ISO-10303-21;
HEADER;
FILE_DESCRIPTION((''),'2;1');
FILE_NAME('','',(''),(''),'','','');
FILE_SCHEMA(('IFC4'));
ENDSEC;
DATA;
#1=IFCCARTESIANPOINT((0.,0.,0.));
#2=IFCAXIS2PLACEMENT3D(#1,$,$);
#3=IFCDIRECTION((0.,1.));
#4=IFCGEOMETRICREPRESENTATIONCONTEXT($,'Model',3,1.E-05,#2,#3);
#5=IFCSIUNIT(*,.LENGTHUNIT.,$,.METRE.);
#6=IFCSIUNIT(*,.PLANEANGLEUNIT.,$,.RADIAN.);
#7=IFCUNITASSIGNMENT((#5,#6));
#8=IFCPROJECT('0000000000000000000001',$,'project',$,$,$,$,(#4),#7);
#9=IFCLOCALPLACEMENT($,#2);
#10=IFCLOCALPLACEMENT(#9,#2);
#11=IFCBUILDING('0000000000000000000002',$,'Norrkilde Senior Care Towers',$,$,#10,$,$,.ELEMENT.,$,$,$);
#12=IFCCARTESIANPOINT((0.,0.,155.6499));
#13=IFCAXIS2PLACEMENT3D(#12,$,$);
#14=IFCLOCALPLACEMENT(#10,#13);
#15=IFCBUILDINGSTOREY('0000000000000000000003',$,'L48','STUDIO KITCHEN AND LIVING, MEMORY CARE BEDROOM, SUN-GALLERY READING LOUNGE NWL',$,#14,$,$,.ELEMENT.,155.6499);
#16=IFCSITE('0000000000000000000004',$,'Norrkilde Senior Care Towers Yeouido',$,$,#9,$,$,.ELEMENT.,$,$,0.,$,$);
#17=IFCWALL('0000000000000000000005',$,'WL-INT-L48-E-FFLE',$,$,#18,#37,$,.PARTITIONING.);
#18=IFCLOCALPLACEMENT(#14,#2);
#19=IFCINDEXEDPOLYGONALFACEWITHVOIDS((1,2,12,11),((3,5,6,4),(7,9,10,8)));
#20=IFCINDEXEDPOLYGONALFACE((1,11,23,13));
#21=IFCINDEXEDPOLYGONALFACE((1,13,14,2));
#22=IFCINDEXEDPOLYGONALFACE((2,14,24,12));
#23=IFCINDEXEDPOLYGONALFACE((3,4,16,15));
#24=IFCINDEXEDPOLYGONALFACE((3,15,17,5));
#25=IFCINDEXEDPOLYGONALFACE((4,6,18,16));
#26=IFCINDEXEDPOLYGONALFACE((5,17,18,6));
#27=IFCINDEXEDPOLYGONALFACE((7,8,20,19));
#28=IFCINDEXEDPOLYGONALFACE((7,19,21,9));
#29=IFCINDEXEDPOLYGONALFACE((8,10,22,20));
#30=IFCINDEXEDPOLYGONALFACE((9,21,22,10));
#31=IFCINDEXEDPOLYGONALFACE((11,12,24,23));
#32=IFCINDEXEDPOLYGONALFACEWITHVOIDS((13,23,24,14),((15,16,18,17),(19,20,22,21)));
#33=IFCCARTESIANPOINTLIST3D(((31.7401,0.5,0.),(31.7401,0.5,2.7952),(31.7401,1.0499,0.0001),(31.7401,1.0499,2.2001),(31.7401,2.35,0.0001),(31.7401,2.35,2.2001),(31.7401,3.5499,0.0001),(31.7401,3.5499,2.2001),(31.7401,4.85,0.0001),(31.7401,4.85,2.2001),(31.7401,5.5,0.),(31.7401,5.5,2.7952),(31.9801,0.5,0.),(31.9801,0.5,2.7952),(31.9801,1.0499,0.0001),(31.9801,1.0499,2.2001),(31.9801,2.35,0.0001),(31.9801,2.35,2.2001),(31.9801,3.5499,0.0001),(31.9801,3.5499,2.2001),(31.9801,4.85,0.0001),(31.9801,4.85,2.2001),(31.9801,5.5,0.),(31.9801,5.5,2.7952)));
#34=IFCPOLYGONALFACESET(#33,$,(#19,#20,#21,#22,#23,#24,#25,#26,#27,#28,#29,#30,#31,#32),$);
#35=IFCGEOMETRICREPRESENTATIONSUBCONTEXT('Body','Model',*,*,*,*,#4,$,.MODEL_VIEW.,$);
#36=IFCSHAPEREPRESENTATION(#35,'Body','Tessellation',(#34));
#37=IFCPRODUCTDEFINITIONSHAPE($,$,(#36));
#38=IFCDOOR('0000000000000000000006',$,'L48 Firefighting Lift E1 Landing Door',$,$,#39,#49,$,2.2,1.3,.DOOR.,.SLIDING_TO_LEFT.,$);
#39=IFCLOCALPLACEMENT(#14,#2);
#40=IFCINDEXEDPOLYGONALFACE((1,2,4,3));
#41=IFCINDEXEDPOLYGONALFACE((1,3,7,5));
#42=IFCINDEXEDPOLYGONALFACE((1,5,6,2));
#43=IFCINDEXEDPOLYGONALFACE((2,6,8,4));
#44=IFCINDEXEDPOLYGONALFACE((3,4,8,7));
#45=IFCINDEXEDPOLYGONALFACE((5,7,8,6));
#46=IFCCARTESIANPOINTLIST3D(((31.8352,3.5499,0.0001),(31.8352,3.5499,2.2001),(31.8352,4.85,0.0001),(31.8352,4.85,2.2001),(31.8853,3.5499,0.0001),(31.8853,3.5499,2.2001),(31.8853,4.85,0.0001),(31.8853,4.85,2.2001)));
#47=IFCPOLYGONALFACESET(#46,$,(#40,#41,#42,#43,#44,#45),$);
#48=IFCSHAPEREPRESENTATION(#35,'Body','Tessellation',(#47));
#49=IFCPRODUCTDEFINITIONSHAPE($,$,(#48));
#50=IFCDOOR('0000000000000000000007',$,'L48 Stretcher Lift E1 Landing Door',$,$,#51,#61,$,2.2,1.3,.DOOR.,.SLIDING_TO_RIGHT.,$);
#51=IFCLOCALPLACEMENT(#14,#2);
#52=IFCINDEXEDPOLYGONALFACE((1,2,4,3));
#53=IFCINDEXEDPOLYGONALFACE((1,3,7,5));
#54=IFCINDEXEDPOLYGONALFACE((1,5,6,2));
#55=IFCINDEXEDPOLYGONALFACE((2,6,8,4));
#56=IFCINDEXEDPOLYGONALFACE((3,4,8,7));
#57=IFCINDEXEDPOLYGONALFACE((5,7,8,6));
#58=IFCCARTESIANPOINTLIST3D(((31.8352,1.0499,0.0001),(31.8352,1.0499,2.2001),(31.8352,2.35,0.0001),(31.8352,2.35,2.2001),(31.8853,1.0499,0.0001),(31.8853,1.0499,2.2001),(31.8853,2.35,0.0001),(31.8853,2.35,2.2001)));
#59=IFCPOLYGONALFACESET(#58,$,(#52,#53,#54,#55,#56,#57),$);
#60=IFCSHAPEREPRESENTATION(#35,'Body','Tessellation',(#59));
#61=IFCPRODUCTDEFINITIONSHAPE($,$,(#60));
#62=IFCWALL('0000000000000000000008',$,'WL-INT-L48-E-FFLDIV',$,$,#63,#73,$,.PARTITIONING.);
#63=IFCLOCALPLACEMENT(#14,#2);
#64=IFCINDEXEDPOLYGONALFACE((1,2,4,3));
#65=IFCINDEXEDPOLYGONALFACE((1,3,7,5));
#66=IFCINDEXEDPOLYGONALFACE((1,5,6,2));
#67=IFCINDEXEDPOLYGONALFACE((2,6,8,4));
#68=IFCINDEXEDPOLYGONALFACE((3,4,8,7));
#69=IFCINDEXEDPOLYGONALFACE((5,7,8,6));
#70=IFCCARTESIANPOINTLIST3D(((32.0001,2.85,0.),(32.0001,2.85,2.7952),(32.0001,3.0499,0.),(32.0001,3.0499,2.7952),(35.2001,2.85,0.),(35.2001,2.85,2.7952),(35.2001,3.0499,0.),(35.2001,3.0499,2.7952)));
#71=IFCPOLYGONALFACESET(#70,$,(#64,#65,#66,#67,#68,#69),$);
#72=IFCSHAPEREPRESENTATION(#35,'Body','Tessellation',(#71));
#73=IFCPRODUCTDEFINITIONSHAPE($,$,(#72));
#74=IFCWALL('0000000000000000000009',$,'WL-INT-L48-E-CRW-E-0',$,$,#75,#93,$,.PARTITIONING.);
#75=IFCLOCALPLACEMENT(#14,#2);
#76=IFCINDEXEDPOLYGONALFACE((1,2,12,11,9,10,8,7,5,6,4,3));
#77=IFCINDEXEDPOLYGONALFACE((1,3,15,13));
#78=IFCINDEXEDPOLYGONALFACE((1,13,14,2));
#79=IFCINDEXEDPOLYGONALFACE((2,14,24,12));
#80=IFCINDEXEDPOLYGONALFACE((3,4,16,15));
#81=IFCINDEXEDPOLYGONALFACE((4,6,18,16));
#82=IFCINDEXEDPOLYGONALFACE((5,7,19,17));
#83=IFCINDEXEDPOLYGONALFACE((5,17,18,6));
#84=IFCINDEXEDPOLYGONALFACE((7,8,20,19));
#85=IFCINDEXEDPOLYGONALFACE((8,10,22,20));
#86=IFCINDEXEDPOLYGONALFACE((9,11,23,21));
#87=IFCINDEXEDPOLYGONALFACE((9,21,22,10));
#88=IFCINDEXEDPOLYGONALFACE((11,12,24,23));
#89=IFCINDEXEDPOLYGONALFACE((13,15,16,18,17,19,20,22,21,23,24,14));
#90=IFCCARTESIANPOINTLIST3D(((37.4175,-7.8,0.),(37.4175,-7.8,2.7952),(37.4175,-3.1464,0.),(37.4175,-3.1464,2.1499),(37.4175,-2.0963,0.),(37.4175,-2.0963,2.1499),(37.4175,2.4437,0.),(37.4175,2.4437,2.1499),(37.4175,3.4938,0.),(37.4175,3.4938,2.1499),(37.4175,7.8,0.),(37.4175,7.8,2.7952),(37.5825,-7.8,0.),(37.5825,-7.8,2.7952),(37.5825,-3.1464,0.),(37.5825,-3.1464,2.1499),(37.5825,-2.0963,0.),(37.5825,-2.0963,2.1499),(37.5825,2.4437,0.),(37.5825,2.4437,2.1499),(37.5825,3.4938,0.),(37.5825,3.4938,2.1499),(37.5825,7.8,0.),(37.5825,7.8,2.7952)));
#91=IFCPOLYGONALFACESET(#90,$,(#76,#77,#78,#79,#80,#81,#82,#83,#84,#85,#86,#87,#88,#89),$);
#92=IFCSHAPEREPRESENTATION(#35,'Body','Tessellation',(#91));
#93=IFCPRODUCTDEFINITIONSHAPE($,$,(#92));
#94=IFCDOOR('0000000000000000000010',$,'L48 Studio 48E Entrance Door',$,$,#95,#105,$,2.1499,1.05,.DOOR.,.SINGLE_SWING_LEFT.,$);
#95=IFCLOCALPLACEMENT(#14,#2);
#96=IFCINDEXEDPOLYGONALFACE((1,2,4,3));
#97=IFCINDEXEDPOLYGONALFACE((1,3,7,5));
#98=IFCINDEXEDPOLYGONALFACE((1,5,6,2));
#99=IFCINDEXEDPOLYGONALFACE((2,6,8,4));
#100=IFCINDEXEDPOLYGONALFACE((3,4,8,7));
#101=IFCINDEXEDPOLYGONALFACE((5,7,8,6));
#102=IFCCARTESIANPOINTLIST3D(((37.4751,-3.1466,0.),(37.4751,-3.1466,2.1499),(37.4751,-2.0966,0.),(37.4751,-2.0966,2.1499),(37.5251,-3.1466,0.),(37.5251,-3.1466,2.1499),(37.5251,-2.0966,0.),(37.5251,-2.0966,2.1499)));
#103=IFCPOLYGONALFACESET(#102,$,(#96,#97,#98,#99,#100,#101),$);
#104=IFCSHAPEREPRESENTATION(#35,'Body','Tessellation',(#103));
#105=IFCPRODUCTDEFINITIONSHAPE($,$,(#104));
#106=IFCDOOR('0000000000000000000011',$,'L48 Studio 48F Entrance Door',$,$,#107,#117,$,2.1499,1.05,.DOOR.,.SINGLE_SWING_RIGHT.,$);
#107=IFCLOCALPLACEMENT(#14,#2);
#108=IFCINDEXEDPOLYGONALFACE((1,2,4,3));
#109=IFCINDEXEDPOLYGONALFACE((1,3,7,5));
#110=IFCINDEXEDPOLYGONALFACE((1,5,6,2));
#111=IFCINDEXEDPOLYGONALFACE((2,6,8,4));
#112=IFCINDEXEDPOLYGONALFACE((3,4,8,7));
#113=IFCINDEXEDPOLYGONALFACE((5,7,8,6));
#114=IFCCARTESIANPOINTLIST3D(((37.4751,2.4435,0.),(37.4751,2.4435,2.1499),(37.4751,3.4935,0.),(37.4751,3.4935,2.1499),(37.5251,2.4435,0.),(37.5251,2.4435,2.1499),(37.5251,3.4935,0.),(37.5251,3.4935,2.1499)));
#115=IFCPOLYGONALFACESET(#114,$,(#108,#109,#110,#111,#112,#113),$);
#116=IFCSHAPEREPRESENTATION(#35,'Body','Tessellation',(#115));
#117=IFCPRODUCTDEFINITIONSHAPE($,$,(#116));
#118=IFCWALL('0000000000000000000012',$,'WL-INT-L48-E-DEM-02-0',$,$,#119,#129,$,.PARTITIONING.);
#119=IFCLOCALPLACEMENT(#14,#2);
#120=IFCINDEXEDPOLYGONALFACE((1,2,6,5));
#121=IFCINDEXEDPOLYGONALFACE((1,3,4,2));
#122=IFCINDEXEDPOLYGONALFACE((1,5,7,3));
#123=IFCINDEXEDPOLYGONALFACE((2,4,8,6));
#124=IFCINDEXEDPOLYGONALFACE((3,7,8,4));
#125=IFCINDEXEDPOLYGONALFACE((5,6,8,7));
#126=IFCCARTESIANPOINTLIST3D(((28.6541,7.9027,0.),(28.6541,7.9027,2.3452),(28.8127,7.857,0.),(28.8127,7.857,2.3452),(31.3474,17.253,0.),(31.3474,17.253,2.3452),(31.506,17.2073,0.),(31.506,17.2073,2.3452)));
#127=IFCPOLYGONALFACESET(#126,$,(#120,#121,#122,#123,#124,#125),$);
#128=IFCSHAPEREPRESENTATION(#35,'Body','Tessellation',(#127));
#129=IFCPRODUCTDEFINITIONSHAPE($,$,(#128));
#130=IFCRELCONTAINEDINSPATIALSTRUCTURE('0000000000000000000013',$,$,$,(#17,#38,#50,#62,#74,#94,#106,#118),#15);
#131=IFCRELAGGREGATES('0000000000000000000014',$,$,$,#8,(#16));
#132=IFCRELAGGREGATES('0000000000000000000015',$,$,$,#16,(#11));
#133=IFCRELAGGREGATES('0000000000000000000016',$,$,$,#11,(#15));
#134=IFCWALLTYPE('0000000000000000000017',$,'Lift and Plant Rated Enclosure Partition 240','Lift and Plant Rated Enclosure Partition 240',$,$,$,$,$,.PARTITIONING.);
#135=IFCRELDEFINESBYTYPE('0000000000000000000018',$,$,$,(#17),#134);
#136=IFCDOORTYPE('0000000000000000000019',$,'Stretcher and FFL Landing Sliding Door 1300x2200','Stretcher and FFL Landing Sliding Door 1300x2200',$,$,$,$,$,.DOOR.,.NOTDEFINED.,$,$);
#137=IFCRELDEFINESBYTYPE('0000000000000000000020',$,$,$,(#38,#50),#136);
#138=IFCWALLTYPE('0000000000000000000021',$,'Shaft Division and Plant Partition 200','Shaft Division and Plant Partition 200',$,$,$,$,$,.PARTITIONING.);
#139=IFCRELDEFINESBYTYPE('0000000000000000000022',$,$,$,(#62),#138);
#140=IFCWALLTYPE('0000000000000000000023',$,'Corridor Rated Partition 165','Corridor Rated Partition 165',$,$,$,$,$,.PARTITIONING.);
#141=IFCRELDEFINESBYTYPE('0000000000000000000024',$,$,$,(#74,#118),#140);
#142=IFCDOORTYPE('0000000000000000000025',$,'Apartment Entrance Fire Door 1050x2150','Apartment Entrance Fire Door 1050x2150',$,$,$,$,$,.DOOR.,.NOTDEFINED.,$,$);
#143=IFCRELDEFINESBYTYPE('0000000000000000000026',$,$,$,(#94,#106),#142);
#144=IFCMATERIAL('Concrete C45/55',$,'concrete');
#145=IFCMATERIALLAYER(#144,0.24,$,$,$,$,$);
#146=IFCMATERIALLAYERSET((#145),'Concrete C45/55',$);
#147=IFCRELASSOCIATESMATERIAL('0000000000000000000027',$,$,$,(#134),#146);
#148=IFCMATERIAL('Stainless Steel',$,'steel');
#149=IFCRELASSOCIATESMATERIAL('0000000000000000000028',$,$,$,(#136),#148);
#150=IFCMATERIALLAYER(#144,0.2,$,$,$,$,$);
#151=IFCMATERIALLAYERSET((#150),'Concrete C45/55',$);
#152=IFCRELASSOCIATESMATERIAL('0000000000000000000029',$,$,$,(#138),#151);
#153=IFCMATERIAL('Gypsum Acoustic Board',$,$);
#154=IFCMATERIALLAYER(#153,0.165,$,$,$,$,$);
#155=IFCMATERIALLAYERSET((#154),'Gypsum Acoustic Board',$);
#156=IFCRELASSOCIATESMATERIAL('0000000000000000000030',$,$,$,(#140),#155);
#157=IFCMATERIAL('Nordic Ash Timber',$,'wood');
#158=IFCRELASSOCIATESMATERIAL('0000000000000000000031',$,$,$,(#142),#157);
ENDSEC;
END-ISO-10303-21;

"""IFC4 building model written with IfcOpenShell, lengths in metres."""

from ifc_helpers import new_model, si_unit, direction, frame, frame_2d, origin, place, context, subcontext, project, spatial, rectangle, extrude, source, transform, mapped, material, layer, layer_set, type_object, type_shapes, element, fill, save


model = new_model("IFC4")

# Units and contexts
model_context = context("Model", 3, precision=1e-05, world=origin(), true_north=direction((0.0, 1.0)))
body_context = subcontext(model_context, "Body", "Model", "MODEL_VIEW")
ifc_project = project(units=[si_unit("LENGTHUNIT", "METRE"), si_unit("PLANEANGLEUNIT", "RADIAN")], contexts=[model_context])

# Site, building, storey
site_placement = place(None, origin())
site = spatial("IfcSite", under=ifc_project, at=site_placement, Name="Norrkilde Senior Care Towers Yeouido", CompositionType="ELEMENT", RefElevation=0.0)
building_placement = place(site_placement, origin())
building = spatial("IfcBuilding", under=site, at=building_placement, Name="Norrkilde Senior Care Towers", CompositionType="ELEMENT")
storey_placement = place(building_placement, frame((0.0, 0.0, 155.6499)))
storey = spatial("IfcBuildingStorey", under=building, at=storey_placement, Name="L48", Description="STUDIO KITCHEN AND LIVING, MEMORY CARE BEDROOM, SUN-GALLERY READING LOUNGE NWL", CompositionType="ELEMENT", Elevation=155.6499)

# Shared definitions
ifc_material_1 = material(Name="Concrete C45/55", Category="concrete")

# Wall, openings, doors
ifc_layer_1 = layer(ifc_material_1, 0.24)
ifc_layer_set_1 = layer_set([ifc_layer_1], Name="Concrete C45/55")
wall_type_1 = type_object("IfcWallType", Name="Lift and Plant Rated Enclosure Partition 240", Description="Lift and Plant Rated Enclosure Partition 240", PredefinedType="PARTITIONING", material=ifc_layer_set_1)
shared_shape_1 = source(origin(), body_context, "Body", "SweptSolid", [
    extrude(rectangle(XDim=5.0, YDim=0.24, at=frame_2d((2.5, 0.0))), origin(), (0.0, 0.0, 1.0), 2.7952),
])
type_shapes(wall_type_1, [shared_shape_1])
wall_1_placement = place(storey_placement, frame((31.8601, 0.5, 0.0), z_axis=(0.0, 0.0, 1.0), x_axis=(0.0, 1.0, 0.0)))
wall_1 = element("IfcWall", 1, at=wall_1_placement, inside=storey, type_object=wall_type_1, Name="WL-INT-L48-E-FFLE", PredefinedType="PARTITIONING", context=body_context, shape_type="MappedRepresentation", body=[
    mapped(shared_shape_1, transform((0.0, 0.0, 0.0), x_axis=(1.0, 0.0, 0.0), y_axis=(0.0, 1.0, 0.0), z_axis=(0.0, 0.0, 1.0), scale=1.0)),
])
opening_1_placement = place(wall_1_placement, frame((3.05, 0.0, 0.0)))
opening_1 = element("IfcOpeningElement", 2, at=opening_1_placement, cuts=wall_1, PredefinedType="OPENING", context=body_context, shape_type="SweptSolid", body=[
    extrude(rectangle(XDim=1.3, YDim=2.2, at=frame_2d((0.6499, 1.1001))), frame((0.0, 0.1299, 0.0), z_axis=(0.0, -1.0, 0.0), x_axis=(1.0, 0.0, 0.0)), (0.0, 0.0, 1.0), 0.26),
])
opening_2_placement = place(wall_1_placement, frame((0.55, 0.0, 0.0)))
opening_2 = element("IfcOpeningElement", 3, at=opening_2_placement, cuts=wall_1, PredefinedType="OPENING", context=body_context, shape_type="SweptSolid", body=[
    extrude(rectangle(XDim=1.3, YDim=2.2, at=frame_2d((0.6499, 1.1001))), frame((0.0, 0.1299, 0.0), z_axis=(0.0, -1.0, 0.0), x_axis=(1.0, 0.0, 0.0)), (0.0, 0.0, 1.0), 0.26),
])
ifc_material_2 = material(Name="Stainless Steel", Category="steel")
door_type_1 = type_object("IfcDoorType", Name="Stretcher and FFL Landing Sliding Door 1300x2200", Description="Stretcher and FFL Landing Sliding Door 1300x2200", OperationType="NOTDEFINED", PredefinedType="DOOR", material=ifc_material_2)
shared_shape_2 = source(origin(), body_context, "Body", "SweptSolid", [
    extrude(rectangle(XDim=1.3, YDim=2.2, at=frame_2d((0.6499, 1.1001))), frame((0.0, 0.0249, 0.0), z_axis=(0.0, -1.0, 0.0), x_axis=(1.0, 0.0, 0.0)), (0.0, 0.0, 1.0), 0.05),
])
type_shapes(door_type_1, [shared_shape_2])
door_1_placement = place(opening_1_placement, origin())
door_1 = element("IfcDoor", 4, at=door_1_placement, inside=storey, type_object=door_type_1, Name="L48 Firefighting Lift E1 Landing Door", OperationType="SLIDING_TO_LEFT", OverallHeight=2.2, OverallWidth=1.3, PredefinedType="DOOR", context=body_context, shape_type="MappedRepresentation", body=[
    mapped(shared_shape_2, transform((0.0, 0.0, 0.0), x_axis=(1.0, 0.0, 0.0), y_axis=(0.0, 1.0, 0.0), z_axis=(0.0, 0.0, 1.0), scale=1.0)),
])
fill(opening_1, door_1)
door_2_placement = place(opening_2_placement, origin())
door_2 = element("IfcDoor", 5, at=door_2_placement, inside=storey, type_object=door_type_1, Name="L48 Stretcher Lift E1 Landing Door", OperationType="SLIDING_TO_RIGHT", OverallHeight=2.2, OverallWidth=1.3, PredefinedType="DOOR", context=body_context, shape_type="MappedRepresentation", body=[
    mapped(shared_shape_2, transform((0.0, 0.0, 0.0), x_axis=(1.0, 0.0, 0.0), y_axis=(0.0, 1.0, 0.0), z_axis=(0.0, 0.0, 1.0), scale=1.0)),
])
fill(opening_2, door_2)

# Wall
ifc_layer_2 = layer(ifc_material_1, 0.2)
ifc_layer_set_2 = layer_set([ifc_layer_2], Name="Concrete C45/55")
wall_type_2 = type_object("IfcWallType", Name="Shaft Division and Plant Partition 200", Description="Shaft Division and Plant Partition 200", PredefinedType="PARTITIONING", material=ifc_layer_set_2)
shared_shape_3 = source(origin(), body_context, "Body", "SweptSolid", [
    extrude(rectangle(XDim=3.2, YDim=0.2, at=frame_2d((1.6001, 0.0))), origin(), (0.0, 0.0, 1.0), 2.7952),
])
type_shapes(wall_type_2, [shared_shape_3])
wall_2_placement = place(storey_placement, frame((32.0, 2.95, 0.0), z_axis=(0.0, 0.0, 1.0), x_axis=(1.0, 0.0, 0.0)))
element("IfcWall", 6, at=wall_2_placement, inside=storey, type_object=wall_type_2, Name="WL-INT-L48-E-FFLDIV", PredefinedType="PARTITIONING", context=body_context, shape_type="MappedRepresentation", body=[
    mapped(shared_shape_3, transform((0.0, 0.0, 0.0), x_axis=(1.0, 0.0, 0.0), y_axis=(0.0, 1.0, 0.0), z_axis=(0.0, 0.0, 1.0), scale=1.0)),
])

# Wall, openings, doors
ifc_material_3 = material(Name="Gypsum Acoustic Board")
ifc_layer_3 = layer(ifc_material_3, 0.165)
ifc_layer_set_3 = layer_set([ifc_layer_3], Name="Gypsum Acoustic Board")
wall_type_3 = type_object("IfcWallType", Name="Corridor Rated Partition 165", Description="Corridor Rated Partition 165", PredefinedType="PARTITIONING", material=ifc_layer_set_3)
shared_shape_4 = source(origin(), body_context, "Body", "SweptSolid", [
    extrude(rectangle(XDim=15.6001, YDim=0.165, at=frame_2d((7.8, 0.0))), origin(), (0.0, 0.0, 1.0), 2.7952),
])
wall_3_placement = place(storey_placement, frame((37.5, 7.8, 0.0), z_axis=(0.0, 0.0, 1.0), x_axis=(0.0, -1.0, 0.0)))
wall_3 = element("IfcWall", 7, at=wall_3_placement, inside=storey, type_object=wall_type_3, Name="WL-INT-L48-E-CRW-E-0", PredefinedType="PARTITIONING", context=body_context, shape_type="MappedRepresentation", body=[
    mapped(shared_shape_4, transform((0.0, 0.0, 0.0), x_axis=(1.0, 0.0, 0.0), y_axis=(0.0, 1.0, 0.0), z_axis=(0.0, 0.0, 1.0), scale=1.0)),
])
opening_3_placement = place(wall_3_placement, frame((9.8965, 0.0, 0.0)))
opening_3 = element("IfcOpeningElement", 8, at=opening_3_placement, cuts=wall_3, PredefinedType="OPENING", context=body_context, shape_type="SweptSolid", body=[
    extrude(rectangle(XDim=1.05, YDim=2.1499, at=frame_2d((0.5249, 1.075))), frame((0.0, 0.0925, 0.0), z_axis=(0.0, -1.0, 0.0), x_axis=(1.0, 0.0, 0.0)), (0.0, 0.0, 1.0), 0.1851),
])
opening_4_placement = place(wall_3_placement, frame((4.3064, 0.0, 0.0)))
opening_4 = element("IfcOpeningElement", 9, at=opening_4_placement, cuts=wall_3, PredefinedType="OPENING", context=body_context, shape_type="SweptSolid", body=[
    extrude(rectangle(XDim=1.05, YDim=2.1499, at=frame_2d((0.5249, 1.075))), frame((0.0, 0.0925, 0.0), z_axis=(0.0, -1.0, 0.0), x_axis=(1.0, 0.0, 0.0)), (0.0, 0.0, 1.0), 0.1851),
])
ifc_material_4 = material(Name="Nordic Ash Timber", Category="wood")
door_type_2 = type_object("IfcDoorType", Name="Apartment Entrance Fire Door 1050x2150", Description="Apartment Entrance Fire Door 1050x2150", OperationType="NOTDEFINED", PredefinedType="DOOR", material=ifc_material_4)
shared_shape_5 = source(origin(), body_context, "Body", "SweptSolid", [
    extrude(rectangle(XDim=1.05, YDim=2.1499, at=frame_2d((0.5249, 1.075))), frame((0.0, 0.0249, 0.0), z_axis=(0.0, -1.0, 0.0), x_axis=(1.0, 0.0, 0.0)), (0.0, 0.0, 1.0), 0.05),
])
type_shapes(door_type_2, [shared_shape_5])
door_3_placement = place(opening_3_placement, frame((1.05, 0.0, 0.0), z_axis=(0.0, 0.0, 1.0), x_axis=(-1.0, 0.0, 0.0)))
door_3 = element("IfcDoor", 10, at=door_3_placement, inside=storey, type_object=door_type_2, Name="L48 Studio 48E Entrance Door", OperationType="SINGLE_SWING_LEFT", OverallHeight=2.1499, OverallWidth=1.05, PredefinedType="DOOR", context=body_context, shape_type="MappedRepresentation", body=[
    mapped(shared_shape_5, transform((0.0, 0.0, 0.0), x_axis=(1.0, 0.0, 0.0), y_axis=(0.0, 1.0, 0.0), z_axis=(0.0, 0.0, 1.0), scale=1.0)),
])
fill(opening_3, door_3)
door_4_placement = place(opening_4_placement, frame((1.05, 0.0, 0.0), z_axis=(0.0, 0.0, 1.0), x_axis=(-1.0, 0.0, 0.0)))
door_4 = element("IfcDoor", 11, at=door_4_placement, inside=storey, type_object=door_type_2, Name="L48 Studio 48F Entrance Door", OperationType="SINGLE_SWING_RIGHT", OverallHeight=2.1499, OverallWidth=1.05, PredefinedType="DOOR", context=body_context, shape_type="MappedRepresentation", body=[
    mapped(shared_shape_5, transform((0.0, 0.0, 0.0), x_axis=(1.0, 0.0, 0.0), y_axis=(0.0, 1.0, 0.0), z_axis=(0.0, 0.0, 1.0), scale=1.0)),
])
fill(opening_4, door_4)

# Wall
shared_shape_6 = source(origin(), body_context, "Body", "SweptSolid", [
    extrude(rectangle(XDim=9.7305, YDim=0.165, at=frame_2d((4.8652, 0.0))), origin(), (0.0, 0.0, 1.0), 2.3452),
])
wall_4_placement = place(storey_placement, frame((28.7334, 7.8799, 0.0), z_axis=(0.0, 0.0, 1.0), x_axis=(0.276795, 0.960929, 0.0)))
element("IfcWall", 12, at=wall_4_placement, inside=storey, type_object=wall_type_3, Name="WL-INT-L48-E-DEM-02-0", PredefinedType="PARTITIONING", context=body_context, shape_type="MappedRepresentation", body=[
    mapped(shared_shape_6, transform((0.0, 0.0, 0.0), x_axis=(1.0, 0.0, 0.0), y_axis=(0.0, 1.0, 0.0), z_axis=(0.0, 0.0, 1.0), scale=1.0)),
])

save(model, "model.ifc")
